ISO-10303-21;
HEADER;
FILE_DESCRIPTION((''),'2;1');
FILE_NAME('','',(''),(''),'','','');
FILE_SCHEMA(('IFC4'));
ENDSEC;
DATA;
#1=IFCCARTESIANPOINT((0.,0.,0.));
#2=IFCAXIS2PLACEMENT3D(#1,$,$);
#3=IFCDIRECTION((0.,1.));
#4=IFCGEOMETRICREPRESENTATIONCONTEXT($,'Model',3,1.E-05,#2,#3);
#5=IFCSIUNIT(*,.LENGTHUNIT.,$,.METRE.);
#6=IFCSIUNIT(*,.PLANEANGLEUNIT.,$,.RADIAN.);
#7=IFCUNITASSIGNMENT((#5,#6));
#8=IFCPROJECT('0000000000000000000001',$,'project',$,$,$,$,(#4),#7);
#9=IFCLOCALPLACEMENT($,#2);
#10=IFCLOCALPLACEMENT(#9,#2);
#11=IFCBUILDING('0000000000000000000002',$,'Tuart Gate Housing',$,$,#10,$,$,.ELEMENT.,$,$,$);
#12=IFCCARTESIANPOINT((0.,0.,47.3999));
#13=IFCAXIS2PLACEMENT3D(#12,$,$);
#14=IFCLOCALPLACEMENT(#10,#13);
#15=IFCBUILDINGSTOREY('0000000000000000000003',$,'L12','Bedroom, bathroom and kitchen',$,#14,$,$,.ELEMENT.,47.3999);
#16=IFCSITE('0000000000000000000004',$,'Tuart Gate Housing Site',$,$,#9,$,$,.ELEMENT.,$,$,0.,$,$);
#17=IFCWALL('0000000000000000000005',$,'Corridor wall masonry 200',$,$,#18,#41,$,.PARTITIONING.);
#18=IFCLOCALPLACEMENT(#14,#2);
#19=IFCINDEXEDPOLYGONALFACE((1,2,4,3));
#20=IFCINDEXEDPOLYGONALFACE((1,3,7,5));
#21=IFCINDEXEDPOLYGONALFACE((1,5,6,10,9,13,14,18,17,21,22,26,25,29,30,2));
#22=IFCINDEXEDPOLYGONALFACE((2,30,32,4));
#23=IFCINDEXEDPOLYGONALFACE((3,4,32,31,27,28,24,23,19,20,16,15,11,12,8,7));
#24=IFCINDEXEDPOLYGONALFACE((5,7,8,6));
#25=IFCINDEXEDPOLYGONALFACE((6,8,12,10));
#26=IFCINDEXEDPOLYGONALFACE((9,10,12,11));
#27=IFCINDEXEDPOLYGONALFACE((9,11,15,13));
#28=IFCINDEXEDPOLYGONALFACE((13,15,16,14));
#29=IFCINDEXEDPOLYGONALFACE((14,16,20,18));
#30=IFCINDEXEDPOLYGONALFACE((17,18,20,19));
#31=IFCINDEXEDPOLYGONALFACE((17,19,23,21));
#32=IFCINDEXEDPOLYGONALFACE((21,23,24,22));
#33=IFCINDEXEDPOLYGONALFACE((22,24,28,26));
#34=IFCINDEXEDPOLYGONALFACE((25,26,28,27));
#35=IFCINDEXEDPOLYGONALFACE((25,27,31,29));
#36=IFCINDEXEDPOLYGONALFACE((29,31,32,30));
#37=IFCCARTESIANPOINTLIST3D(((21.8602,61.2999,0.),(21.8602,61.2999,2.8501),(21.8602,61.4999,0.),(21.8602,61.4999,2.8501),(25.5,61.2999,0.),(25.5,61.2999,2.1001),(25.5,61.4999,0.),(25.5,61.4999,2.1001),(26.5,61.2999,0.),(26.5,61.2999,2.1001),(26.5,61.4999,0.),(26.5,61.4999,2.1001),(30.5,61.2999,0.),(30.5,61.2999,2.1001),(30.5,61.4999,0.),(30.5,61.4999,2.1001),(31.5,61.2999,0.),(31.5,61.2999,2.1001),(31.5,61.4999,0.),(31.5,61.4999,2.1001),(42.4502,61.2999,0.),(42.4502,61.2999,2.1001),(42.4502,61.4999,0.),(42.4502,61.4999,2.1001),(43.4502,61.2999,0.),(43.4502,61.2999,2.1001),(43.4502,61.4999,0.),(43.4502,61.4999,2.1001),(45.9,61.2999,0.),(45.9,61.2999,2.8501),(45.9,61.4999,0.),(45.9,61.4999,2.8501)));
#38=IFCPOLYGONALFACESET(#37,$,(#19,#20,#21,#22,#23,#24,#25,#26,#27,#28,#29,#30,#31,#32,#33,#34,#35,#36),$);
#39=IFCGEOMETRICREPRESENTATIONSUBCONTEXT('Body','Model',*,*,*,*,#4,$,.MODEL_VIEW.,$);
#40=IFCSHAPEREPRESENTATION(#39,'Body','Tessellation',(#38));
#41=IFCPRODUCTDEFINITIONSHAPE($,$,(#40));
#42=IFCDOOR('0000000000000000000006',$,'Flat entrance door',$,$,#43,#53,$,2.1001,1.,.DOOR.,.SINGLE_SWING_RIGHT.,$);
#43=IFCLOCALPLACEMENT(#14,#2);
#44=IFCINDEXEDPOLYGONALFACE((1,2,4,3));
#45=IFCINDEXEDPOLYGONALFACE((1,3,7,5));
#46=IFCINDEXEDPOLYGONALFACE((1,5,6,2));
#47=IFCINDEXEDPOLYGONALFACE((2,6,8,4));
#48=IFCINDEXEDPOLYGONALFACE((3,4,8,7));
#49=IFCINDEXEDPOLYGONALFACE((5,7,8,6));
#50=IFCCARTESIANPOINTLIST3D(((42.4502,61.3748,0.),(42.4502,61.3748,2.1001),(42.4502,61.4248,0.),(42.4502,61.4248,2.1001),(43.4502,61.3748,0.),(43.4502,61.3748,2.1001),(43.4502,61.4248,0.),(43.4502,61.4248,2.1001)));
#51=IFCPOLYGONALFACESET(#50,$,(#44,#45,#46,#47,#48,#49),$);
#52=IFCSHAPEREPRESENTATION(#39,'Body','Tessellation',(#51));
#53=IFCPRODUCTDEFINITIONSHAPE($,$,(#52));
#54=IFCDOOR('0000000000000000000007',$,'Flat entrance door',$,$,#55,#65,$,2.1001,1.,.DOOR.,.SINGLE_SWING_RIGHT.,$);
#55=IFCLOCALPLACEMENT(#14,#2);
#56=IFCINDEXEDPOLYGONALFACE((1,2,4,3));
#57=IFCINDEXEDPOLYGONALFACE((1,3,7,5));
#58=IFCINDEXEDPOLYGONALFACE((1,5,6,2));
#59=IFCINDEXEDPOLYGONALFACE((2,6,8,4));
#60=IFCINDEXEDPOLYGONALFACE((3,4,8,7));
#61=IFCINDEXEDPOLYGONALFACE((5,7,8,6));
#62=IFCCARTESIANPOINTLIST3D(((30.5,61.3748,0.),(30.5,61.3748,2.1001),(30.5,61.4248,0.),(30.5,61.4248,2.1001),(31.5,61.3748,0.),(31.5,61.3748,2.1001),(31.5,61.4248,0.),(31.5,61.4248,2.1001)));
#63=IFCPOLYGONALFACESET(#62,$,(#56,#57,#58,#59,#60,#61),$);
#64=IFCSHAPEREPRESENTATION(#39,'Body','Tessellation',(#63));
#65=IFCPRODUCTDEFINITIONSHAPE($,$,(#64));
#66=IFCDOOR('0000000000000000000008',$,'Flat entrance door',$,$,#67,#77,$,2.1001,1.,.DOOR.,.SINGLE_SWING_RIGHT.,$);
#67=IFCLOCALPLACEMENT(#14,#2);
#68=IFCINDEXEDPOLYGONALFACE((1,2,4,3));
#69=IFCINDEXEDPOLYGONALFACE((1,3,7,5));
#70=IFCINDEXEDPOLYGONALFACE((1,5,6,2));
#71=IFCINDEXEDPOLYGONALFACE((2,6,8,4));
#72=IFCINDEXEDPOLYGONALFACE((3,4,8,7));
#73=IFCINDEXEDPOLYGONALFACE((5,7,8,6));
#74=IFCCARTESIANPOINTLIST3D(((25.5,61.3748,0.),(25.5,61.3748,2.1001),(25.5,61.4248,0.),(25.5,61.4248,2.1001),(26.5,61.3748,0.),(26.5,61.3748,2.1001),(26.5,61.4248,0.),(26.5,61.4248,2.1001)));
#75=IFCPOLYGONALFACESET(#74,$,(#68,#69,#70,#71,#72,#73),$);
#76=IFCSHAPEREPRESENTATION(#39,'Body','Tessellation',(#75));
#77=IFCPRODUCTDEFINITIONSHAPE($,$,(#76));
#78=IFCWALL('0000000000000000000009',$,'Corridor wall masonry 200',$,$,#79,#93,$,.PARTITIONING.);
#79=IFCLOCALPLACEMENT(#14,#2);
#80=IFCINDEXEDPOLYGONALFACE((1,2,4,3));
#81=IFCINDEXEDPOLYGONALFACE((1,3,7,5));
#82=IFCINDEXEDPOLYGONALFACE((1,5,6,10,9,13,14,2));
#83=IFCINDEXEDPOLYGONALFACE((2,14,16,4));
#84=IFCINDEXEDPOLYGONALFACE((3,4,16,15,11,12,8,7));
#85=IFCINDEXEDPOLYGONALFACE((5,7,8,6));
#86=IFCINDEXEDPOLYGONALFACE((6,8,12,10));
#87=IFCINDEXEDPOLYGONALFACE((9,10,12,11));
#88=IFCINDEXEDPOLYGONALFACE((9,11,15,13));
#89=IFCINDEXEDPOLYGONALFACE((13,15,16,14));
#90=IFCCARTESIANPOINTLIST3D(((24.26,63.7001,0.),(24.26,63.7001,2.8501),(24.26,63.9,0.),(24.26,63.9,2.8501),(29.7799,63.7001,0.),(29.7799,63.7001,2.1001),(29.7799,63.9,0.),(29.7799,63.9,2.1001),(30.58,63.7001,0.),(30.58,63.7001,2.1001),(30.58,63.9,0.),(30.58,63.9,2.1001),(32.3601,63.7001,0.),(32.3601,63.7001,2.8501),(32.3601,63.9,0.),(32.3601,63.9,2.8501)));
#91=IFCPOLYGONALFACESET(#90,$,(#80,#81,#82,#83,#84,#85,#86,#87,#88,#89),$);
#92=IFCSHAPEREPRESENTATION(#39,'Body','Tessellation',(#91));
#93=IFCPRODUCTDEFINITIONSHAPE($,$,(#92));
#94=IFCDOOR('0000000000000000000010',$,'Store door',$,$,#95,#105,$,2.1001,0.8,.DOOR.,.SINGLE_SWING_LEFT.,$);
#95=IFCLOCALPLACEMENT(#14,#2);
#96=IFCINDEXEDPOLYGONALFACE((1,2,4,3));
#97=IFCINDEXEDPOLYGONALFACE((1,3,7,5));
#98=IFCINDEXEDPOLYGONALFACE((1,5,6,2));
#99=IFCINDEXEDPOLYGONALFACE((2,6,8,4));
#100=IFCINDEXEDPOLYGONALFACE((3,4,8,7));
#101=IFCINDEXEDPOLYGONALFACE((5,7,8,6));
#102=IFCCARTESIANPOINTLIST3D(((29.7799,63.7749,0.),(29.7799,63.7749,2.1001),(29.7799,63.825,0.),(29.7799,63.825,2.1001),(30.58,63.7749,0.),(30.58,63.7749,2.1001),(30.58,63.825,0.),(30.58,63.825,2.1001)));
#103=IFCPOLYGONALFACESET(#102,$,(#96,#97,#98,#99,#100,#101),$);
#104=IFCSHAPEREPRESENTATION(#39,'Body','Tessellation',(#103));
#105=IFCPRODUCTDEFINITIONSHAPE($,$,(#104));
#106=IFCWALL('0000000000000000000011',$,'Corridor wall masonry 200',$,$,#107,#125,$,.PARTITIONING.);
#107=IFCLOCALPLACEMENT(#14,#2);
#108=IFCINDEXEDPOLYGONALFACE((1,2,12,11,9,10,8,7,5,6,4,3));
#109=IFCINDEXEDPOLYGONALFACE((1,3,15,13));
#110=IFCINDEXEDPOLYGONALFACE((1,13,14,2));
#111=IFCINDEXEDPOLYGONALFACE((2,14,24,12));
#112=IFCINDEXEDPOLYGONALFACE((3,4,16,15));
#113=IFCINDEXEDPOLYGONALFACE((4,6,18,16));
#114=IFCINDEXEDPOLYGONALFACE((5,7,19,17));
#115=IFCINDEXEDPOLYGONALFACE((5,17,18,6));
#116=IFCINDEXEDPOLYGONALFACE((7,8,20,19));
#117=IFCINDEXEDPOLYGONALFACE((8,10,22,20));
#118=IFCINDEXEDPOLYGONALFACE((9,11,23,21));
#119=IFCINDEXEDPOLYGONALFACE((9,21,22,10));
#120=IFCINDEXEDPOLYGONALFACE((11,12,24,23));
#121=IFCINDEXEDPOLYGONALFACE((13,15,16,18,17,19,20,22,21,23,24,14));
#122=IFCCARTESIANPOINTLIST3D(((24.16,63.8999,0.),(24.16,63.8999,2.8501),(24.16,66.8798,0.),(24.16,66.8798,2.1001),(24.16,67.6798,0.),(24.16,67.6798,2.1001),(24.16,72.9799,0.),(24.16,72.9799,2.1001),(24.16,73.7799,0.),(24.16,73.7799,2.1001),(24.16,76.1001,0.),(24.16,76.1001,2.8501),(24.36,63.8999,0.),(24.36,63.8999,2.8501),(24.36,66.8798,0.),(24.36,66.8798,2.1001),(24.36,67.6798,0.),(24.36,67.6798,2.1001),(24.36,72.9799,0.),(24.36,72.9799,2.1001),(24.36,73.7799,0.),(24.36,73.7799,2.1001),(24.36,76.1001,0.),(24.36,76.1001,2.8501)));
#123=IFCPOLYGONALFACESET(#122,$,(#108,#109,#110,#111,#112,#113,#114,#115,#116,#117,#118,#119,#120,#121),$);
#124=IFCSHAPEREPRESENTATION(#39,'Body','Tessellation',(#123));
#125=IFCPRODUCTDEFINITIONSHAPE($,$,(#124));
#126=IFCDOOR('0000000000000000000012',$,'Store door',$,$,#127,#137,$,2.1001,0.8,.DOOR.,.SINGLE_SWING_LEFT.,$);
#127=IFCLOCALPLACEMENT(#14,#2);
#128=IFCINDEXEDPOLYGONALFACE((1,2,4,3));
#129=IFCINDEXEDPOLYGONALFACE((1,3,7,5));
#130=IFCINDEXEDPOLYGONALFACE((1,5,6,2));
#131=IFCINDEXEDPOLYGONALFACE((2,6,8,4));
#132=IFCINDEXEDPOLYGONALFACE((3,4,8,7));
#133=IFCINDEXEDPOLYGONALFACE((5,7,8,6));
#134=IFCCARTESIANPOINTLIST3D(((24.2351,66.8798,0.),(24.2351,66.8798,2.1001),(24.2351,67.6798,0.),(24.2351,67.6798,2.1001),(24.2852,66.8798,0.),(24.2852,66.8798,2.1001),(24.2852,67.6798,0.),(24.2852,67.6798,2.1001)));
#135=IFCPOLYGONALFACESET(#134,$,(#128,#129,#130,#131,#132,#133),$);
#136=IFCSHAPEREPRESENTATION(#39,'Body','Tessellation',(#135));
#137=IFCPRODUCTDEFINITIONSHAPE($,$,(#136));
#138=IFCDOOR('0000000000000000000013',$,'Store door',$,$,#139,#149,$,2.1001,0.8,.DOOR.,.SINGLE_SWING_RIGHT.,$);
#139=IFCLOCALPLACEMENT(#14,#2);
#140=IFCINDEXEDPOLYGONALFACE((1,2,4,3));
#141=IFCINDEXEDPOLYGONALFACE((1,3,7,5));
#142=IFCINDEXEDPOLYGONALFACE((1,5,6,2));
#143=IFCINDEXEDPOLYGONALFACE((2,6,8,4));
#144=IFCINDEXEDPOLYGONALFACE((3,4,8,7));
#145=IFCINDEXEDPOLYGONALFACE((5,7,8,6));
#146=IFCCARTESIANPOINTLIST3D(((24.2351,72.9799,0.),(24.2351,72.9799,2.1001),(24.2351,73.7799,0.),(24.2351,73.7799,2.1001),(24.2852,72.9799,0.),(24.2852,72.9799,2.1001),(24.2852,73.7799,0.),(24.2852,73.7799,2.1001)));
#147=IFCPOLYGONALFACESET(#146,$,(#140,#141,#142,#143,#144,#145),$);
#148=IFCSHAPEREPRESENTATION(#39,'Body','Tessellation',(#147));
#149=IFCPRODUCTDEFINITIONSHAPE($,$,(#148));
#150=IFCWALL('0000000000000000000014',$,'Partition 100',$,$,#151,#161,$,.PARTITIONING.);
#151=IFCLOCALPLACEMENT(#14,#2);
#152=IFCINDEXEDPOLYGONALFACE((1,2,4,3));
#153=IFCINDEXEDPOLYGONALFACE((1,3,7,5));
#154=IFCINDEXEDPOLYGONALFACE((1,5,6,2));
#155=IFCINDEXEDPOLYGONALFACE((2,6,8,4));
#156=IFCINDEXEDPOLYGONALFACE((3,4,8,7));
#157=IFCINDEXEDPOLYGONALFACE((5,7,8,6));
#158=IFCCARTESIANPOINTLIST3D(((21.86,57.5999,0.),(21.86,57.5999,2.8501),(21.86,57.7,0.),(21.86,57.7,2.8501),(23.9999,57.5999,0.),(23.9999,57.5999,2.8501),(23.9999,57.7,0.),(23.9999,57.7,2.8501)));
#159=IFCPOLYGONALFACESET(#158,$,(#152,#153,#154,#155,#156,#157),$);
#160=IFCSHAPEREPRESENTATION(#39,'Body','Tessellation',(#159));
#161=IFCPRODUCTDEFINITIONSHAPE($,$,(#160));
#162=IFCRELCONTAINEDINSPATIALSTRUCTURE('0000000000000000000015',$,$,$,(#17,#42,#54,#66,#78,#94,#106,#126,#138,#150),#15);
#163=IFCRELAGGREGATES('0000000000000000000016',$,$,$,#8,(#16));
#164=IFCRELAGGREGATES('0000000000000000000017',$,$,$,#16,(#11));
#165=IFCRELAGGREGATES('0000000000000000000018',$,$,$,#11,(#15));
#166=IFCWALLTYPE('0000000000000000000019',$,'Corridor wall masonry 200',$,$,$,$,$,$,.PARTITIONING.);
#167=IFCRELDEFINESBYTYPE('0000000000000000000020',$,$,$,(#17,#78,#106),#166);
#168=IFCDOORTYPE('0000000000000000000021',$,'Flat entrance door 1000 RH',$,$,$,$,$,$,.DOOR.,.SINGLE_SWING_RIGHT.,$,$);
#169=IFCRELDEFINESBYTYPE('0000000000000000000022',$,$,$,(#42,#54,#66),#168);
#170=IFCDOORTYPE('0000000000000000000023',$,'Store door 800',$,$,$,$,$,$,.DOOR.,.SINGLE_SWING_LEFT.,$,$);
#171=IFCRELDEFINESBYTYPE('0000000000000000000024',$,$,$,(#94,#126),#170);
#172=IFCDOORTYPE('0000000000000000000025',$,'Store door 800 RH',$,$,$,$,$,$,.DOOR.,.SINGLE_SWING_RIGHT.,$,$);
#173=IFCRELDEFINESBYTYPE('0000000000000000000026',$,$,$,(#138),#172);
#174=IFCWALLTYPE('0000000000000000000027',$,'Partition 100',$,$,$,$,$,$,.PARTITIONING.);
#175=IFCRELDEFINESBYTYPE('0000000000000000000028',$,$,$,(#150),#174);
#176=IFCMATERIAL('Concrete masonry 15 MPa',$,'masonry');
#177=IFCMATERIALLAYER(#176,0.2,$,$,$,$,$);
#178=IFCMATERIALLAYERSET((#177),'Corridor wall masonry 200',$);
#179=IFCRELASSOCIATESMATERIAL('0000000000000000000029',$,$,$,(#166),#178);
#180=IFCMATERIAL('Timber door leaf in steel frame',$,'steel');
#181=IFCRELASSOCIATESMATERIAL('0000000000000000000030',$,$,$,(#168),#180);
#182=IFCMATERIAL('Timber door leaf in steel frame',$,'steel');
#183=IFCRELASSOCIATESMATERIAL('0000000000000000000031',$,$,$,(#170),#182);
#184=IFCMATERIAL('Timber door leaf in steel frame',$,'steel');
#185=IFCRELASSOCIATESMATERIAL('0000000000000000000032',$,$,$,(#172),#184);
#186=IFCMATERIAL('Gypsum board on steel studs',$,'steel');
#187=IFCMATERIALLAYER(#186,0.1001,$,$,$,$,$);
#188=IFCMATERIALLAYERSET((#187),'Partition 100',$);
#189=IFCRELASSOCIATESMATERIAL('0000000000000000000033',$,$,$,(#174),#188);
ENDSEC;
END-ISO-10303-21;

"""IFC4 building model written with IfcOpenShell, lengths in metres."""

from ifc_helpers import new_model, si_unit, direction, frame, frame_2d, origin, place, context, subcontext, project, spatial, rectangle, extrude, material, layer, layer_set, type_object, element, fill, save


model = new_model("IFC4")

# Units and contexts
model_context = context("Model", 3, precision=1e-05, world=origin(), true_north=direction((0.0, 1.0)))
body_context = subcontext(model_context, "Body", "Model", "MODEL_VIEW")
ifc_project = project(units=[si_unit("LENGTHUNIT", "METRE"), si_unit("PLANEANGLEUNIT", "RADIAN")], contexts=[model_context])

# Site, building, storey
site_placement = place(None, origin())
site = spatial("IfcSite", under=ifc_project, at=site_placement, Name="Tuart Gate Housing Site", CompositionType="ELEMENT", RefElevation=0.0)
building_placement = place(site_placement, origin())
building = spatial("IfcBuilding", under=site, at=building_placement, Name="Tuart Gate Housing", CompositionType="ELEMENT")
storey_placement = place(building_placement, frame((0.0, 0.0, 47.3999)))
storey = spatial("IfcBuildingStorey", under=building, at=storey_placement, Name="L12", Description="Bedroom, bathroom and kitchen", CompositionType="ELEMENT", Elevation=47.3999)

# Wall, openings, doors
ifc_material_1 = material(Name="Concrete masonry 15 MPa", Category="masonry")
ifc_layer_1 = layer(ifc_material_1, 0.2)
ifc_layer_set_1 = layer_set([ifc_layer_1], Name="Corridor wall masonry 200")
wall_type_1 = type_object("IfcWallType", Name="Corridor wall masonry 200", PredefinedType="PARTITIONING", material=ifc_layer_set_1)
wall_1_placement = place(storey_placement, frame((21.8601, 61.3999, 0.0), z_axis=(0.0, 0.0, 1.0), x_axis=(1.0, 0.0, 0.0)))
wall_1 = element("IfcWall", 1, at=wall_1_placement, inside=storey, type_object=wall_type_1, Name="Corridor wall masonry 200", PredefinedType="PARTITIONING", context=body_context, shape_type="SweptSolid", body=[
    extrude(rectangle(XDim=24.0398, YDim=0.2, at=frame_2d((12.02, 0.0))), origin(), (0.0, 0.0, 1.0), 2.8501),
])
opening_1_placement = place(wall_1_placement, frame((20.5901, 0.0, 0.0)))
opening_1 = element("IfcOpeningElement", 2, at=opening_1_placement, cuts=wall_1, PredefinedType="OPENING", context=body_context, shape_type="SweptSolid", body=[
    extrude(rectangle(XDim=1.0, YDim=2.1001, at=frame_2d((0.5, 1.05))), frame((0.0, 0.1099, 0.0), z_axis=(0.0, -1.0, 0.0), x_axis=(1.0, 0.0, 0.0)), (0.0, 0.0, 1.0), 0.22),
])
opening_2_placement = place(wall_1_placement, frame((8.6399, 0.0, 0.0)))
opening_2 = element("IfcOpeningElement", 3, at=opening_2_placement, cuts=wall_1, PredefinedType="OPENING", context=body_context, shape_type="SweptSolid", body=[
    extrude(rectangle(XDim=1.0, YDim=2.1001, at=frame_2d((0.5, 1.05))), frame((0.0, 0.1099, 0.0), z_axis=(0.0, -1.0, 0.0), x_axis=(1.0, 0.0, 0.0)), (0.0, 0.0, 1.0), 0.22),
])
opening_3_placement = place(wall_1_placement, frame((3.6399, 0.0, 0.0)))
opening_3 = element("IfcOpeningElement", 4, at=opening_3_placement, cuts=wall_1, PredefinedType="OPENING", context=body_context, shape_type="SweptSolid", body=[
    extrude(rectangle(XDim=1.0, YDim=2.1001, at=frame_2d((0.5, 1.05))), frame((0.0, 0.1099, 0.0), z_axis=(0.0, -1.0, 0.0), x_axis=(1.0, 0.0, 0.0)), (0.0, 0.0, 1.0), 0.22),
])
ifc_material_2 = material(Name="Timber door leaf in steel frame", Category="steel")
door_type_1 = type_object("IfcDoorType", Name="Flat entrance door 1000 RH", OperationType="SINGLE_SWING_RIGHT", PredefinedType="DOOR", material=ifc_material_2)
door_1_placement = place(opening_1_placement, frame((1.0, 0.0, 0.0), z_axis=(0.0, 0.0, 1.0), x_axis=(-1.0, 0.0, 0.0)))
door_1 = element("IfcDoor", 5, at=door_1_placement, inside=storey, type_object=door_type_1, Name="Flat entrance door", OperationType="SINGLE_SWING_RIGHT", OverallHeight=2.1001, OverallWidth=1.0, PredefinedType="DOOR", context=body_context, shape_type="SweptSolid", body=[
    extrude(rectangle(XDim=1.0, YDim=2.1001, at=frame_2d((0.5, 1.05))), frame((0.0, 0.0251, 0.0), z_axis=(0.0, -1.0, 0.0), x_axis=(1.0, 0.0, 0.0)), (0.0, 0.0, 1.0), 0.05),
])
fill(opening_1, door_1)
door_2_placement = place(opening_2_placement, frame((1.0, 0.0, 0.0), z_axis=(0.0, 0.0, 1.0), x_axis=(-1.0, 0.0, 0.0)))
door_2 = element("IfcDoor", 6, at=door_2_placement, inside=storey, type_object=door_type_1, Name="Flat entrance door", OperationType="SINGLE_SWING_RIGHT", OverallHeight=2.1001, OverallWidth=1.0, PredefinedType="DOOR", context=body_context, shape_type="SweptSolid", body=[
    extrude(rectangle(XDim=1.0, YDim=2.1001, at=frame_2d((0.5, 1.05))), frame((0.0, 0.0251, 0.0), z_axis=(0.0, -1.0, 0.0), x_axis=(1.0, 0.0, 0.0)), (0.0, 0.0, 1.0), 0.05),
])
fill(opening_2, door_2)
door_3_placement = place(opening_3_placement, frame((1.0, 0.0, 0.0), z_axis=(0.0, 0.0, 1.0), x_axis=(-1.0, 0.0, 0.0)))
door_3 = element("IfcDoor", 7, at=door_3_placement, inside=storey, type_object=door_type_1, Name="Flat entrance door", OperationType="SINGLE_SWING_RIGHT", OverallHeight=2.1001, OverallWidth=1.0, PredefinedType="DOOR", context=body_context, shape_type="SweptSolid", body=[
    extrude(rectangle(XDim=1.0, YDim=2.1001, at=frame_2d((0.5, 1.05))), frame((0.0, 0.0251, 0.0), z_axis=(0.0, -1.0, 0.0), x_axis=(1.0, 0.0, 0.0)), (0.0, 0.0, 1.0), 0.05),
])
fill(opening_3, door_3)

# Wall, opening, door
wall_2_placement = place(storey_placement, frame((24.26, 63.8, 0.0), z_axis=(0.0, 0.0, 1.0), x_axis=(1.0, 0.0, 0.0)))
wall_2 = element("IfcWall", 8, at=wall_2_placement, inside=storey, type_object=wall_type_1, Name="Corridor wall masonry 200", PredefinedType="PARTITIONING", context=body_context, shape_type="SweptSolid", body=[
    extrude(rectangle(XDim=8.1001, YDim=0.2, at=frame_2d((4.05, 0.0))), origin(), (0.0, 0.0, 1.0), 2.8501),
])
opening_4_placement = place(wall_2_placement, frame((5.52, 0.0, 0.0)))
opening_4 = element("IfcOpeningElement", 9, at=opening_4_placement, cuts=wall_2, PredefinedType="OPENING", context=body_context, shape_type="SweptSolid", body=[
    extrude(rectangle(XDim=0.8, YDim=2.1001, at=frame_2d((0.3999, 1.05))), frame((0.0, 0.1099, 0.0), z_axis=(0.0, -1.0, 0.0), x_axis=(1.0, 0.0, 0.0)), (0.0, 0.0, 1.0), 0.22),
])
ifc_material_3 = material(Name="Timber door leaf in steel frame", Category="steel")
door_type_2 = type_object("IfcDoorType", Name="Store door 800", OperationType="SINGLE_SWING_LEFT", PredefinedType="DOOR", material=ifc_material_3)
door_4_placement = place(opening_4_placement, origin())
door_4 = element("IfcDoor", 10, at=door_4_placement, inside=storey, type_object=door_type_2, Name="Store door", OperationType="SINGLE_SWING_LEFT", OverallHeight=2.1001, OverallWidth=0.8, PredefinedType="DOOR", context=body_context, shape_type="SweptSolid", body=[
    extrude(rectangle(XDim=0.8, YDim=2.1001, at=frame_2d((0.3999, 1.05))), frame((0.0, 0.0249, 0.0), z_axis=(0.0, -1.0, 0.0), x_axis=(1.0, 0.0, 0.0)), (0.0, 0.0, 1.0), 0.05),
])
fill(opening_4, door_4)

# Wall, openings, doors
wall_3_placement = place(storey_placement, frame((24.26, 63.8999, 0.0), z_axis=(0.0, 0.0, 1.0), x_axis=(0.0, 1.0, 0.0)))
wall_3 = element("IfcWall", 11, at=wall_3_placement, inside=storey, type_object=wall_type_1, Name="Corridor wall masonry 200", PredefinedType="PARTITIONING", context=body_context, shape_type="SweptSolid", body=[
    extrude(rectangle(XDim=12.2002, YDim=0.2, at=frame_2d((6.1001, 0.0))), origin(), (0.0, 0.0, 1.0), 2.8501),
])
opening_5_placement = place(wall_3_placement, frame((2.98, 0.0, 0.0)))
opening_5 = element("IfcOpeningElement", 12, at=opening_5_placement, cuts=wall_3, PredefinedType="OPENING", context=body_context, shape_type="SweptSolid", body=[
    extrude(rectangle(XDim=0.8, YDim=2.1001, at=frame_2d((0.3999, 1.05))), frame((0.0, 0.1099, 0.0), z_axis=(0.0, -1.0, 0.0), x_axis=(1.0, 0.0, 0.0)), (0.0, 0.0, 1.0), 0.22),
])
opening_6_placement = place(wall_3_placement, frame((9.0801, 0.0, 0.0)))
opening_6 = element("IfcOpeningElement", 13, at=opening_6_placement, cuts=wall_3, PredefinedType="OPENING", context=body_context, shape_type="SweptSolid", body=[
    extrude(rectangle(XDim=0.8, YDim=2.1001, at=frame_2d((0.3999, 1.05))), frame((0.0, 0.1099, 0.0), z_axis=(0.0, -1.0, 0.0), x_axis=(1.0, 0.0, 0.0)), (0.0, 0.0, 1.0), 0.22),
])
door_5_placement = place(opening_5_placement, frame((0.8, 0.0, 0.0), z_axis=(0.0, 0.0, 1.0), x_axis=(-1.0, 0.0, 0.0)))
door_5 = element("IfcDoor", 14, at=door_5_placement, inside=storey, type_object=door_type_2, Name="Store door", OperationType="SINGLE_SWING_LEFT", OverallHeight=2.1001, OverallWidth=0.8, PredefinedType="DOOR", context=body_context, shape_type="SweptSolid", body=[
    extrude(rectangle(XDim=0.8, YDim=2.1001, at=frame_2d((0.4001, 1.05))), frame((0.0, 0.0251, 0.0), z_axis=(0.0, -1.0, 0.0), x_axis=(1.0, 0.0, 0.0)), (0.0, 0.0, 1.0), 0.05),
])
fill(opening_5, door_5)
ifc_material_4 = material(Name="Timber door leaf in steel frame", Category="steel")
door_type_3 = type_object("IfcDoorType", Name="Store door 800 RH", OperationType="SINGLE_SWING_RIGHT", PredefinedType="DOOR", material=ifc_material_4)
door_6_placement = place(opening_6_placement, frame((0.8, 0.0, 0.0), z_axis=(0.0, 0.0, 1.0), x_axis=(-1.0, 0.0, 0.0)))
door_6 = element("IfcDoor", 15, at=door_6_placement, inside=storey, type_object=door_type_3, Name="Store door", OperationType="SINGLE_SWING_RIGHT", OverallHeight=2.1001, OverallWidth=0.8, PredefinedType="DOOR", context=body_context, shape_type="SweptSolid", body=[
    extrude(rectangle(XDim=0.8, YDim=2.1001, at=frame_2d((0.4001, 1.05))), frame((0.0, 0.0251, 0.0), z_axis=(0.0, -1.0, 0.0), x_axis=(1.0, 0.0, 0.0)), (0.0, 0.0, 1.0), 0.05),
])
fill(opening_6, door_6)

# Wall
ifc_material_5 = material(Name="Gypsum board on steel studs", Category="steel")
ifc_layer_2 = layer(ifc_material_5, 0.1001)
ifc_layer_set_2 = layer_set([ifc_layer_2], Name="Partition 100")
wall_type_2 = type_object("IfcWallType", Name="Partition 100", PredefinedType="PARTITIONING", material=ifc_layer_set_2)
wall_4_placement = place(storey_placement, frame((21.8601, 57.6499, 0.0), z_axis=(0.0, 0.0, 1.0), x_axis=(1.0, 0.0, 0.0)))
element("IfcWall", 16, at=wall_4_placement, inside=storey, type_object=wall_type_2, Name="Partition 100", PredefinedType="PARTITIONING", context=body_context, shape_type="SweptSolid", body=[
    extrude(rectangle(XDim=2.1399, YDim=0.1001, at=frame_2d((1.0698, 0.0))), origin(), (0.0, 0.0, 1.0), 2.8501),
])

save(model, "model.ifc")
